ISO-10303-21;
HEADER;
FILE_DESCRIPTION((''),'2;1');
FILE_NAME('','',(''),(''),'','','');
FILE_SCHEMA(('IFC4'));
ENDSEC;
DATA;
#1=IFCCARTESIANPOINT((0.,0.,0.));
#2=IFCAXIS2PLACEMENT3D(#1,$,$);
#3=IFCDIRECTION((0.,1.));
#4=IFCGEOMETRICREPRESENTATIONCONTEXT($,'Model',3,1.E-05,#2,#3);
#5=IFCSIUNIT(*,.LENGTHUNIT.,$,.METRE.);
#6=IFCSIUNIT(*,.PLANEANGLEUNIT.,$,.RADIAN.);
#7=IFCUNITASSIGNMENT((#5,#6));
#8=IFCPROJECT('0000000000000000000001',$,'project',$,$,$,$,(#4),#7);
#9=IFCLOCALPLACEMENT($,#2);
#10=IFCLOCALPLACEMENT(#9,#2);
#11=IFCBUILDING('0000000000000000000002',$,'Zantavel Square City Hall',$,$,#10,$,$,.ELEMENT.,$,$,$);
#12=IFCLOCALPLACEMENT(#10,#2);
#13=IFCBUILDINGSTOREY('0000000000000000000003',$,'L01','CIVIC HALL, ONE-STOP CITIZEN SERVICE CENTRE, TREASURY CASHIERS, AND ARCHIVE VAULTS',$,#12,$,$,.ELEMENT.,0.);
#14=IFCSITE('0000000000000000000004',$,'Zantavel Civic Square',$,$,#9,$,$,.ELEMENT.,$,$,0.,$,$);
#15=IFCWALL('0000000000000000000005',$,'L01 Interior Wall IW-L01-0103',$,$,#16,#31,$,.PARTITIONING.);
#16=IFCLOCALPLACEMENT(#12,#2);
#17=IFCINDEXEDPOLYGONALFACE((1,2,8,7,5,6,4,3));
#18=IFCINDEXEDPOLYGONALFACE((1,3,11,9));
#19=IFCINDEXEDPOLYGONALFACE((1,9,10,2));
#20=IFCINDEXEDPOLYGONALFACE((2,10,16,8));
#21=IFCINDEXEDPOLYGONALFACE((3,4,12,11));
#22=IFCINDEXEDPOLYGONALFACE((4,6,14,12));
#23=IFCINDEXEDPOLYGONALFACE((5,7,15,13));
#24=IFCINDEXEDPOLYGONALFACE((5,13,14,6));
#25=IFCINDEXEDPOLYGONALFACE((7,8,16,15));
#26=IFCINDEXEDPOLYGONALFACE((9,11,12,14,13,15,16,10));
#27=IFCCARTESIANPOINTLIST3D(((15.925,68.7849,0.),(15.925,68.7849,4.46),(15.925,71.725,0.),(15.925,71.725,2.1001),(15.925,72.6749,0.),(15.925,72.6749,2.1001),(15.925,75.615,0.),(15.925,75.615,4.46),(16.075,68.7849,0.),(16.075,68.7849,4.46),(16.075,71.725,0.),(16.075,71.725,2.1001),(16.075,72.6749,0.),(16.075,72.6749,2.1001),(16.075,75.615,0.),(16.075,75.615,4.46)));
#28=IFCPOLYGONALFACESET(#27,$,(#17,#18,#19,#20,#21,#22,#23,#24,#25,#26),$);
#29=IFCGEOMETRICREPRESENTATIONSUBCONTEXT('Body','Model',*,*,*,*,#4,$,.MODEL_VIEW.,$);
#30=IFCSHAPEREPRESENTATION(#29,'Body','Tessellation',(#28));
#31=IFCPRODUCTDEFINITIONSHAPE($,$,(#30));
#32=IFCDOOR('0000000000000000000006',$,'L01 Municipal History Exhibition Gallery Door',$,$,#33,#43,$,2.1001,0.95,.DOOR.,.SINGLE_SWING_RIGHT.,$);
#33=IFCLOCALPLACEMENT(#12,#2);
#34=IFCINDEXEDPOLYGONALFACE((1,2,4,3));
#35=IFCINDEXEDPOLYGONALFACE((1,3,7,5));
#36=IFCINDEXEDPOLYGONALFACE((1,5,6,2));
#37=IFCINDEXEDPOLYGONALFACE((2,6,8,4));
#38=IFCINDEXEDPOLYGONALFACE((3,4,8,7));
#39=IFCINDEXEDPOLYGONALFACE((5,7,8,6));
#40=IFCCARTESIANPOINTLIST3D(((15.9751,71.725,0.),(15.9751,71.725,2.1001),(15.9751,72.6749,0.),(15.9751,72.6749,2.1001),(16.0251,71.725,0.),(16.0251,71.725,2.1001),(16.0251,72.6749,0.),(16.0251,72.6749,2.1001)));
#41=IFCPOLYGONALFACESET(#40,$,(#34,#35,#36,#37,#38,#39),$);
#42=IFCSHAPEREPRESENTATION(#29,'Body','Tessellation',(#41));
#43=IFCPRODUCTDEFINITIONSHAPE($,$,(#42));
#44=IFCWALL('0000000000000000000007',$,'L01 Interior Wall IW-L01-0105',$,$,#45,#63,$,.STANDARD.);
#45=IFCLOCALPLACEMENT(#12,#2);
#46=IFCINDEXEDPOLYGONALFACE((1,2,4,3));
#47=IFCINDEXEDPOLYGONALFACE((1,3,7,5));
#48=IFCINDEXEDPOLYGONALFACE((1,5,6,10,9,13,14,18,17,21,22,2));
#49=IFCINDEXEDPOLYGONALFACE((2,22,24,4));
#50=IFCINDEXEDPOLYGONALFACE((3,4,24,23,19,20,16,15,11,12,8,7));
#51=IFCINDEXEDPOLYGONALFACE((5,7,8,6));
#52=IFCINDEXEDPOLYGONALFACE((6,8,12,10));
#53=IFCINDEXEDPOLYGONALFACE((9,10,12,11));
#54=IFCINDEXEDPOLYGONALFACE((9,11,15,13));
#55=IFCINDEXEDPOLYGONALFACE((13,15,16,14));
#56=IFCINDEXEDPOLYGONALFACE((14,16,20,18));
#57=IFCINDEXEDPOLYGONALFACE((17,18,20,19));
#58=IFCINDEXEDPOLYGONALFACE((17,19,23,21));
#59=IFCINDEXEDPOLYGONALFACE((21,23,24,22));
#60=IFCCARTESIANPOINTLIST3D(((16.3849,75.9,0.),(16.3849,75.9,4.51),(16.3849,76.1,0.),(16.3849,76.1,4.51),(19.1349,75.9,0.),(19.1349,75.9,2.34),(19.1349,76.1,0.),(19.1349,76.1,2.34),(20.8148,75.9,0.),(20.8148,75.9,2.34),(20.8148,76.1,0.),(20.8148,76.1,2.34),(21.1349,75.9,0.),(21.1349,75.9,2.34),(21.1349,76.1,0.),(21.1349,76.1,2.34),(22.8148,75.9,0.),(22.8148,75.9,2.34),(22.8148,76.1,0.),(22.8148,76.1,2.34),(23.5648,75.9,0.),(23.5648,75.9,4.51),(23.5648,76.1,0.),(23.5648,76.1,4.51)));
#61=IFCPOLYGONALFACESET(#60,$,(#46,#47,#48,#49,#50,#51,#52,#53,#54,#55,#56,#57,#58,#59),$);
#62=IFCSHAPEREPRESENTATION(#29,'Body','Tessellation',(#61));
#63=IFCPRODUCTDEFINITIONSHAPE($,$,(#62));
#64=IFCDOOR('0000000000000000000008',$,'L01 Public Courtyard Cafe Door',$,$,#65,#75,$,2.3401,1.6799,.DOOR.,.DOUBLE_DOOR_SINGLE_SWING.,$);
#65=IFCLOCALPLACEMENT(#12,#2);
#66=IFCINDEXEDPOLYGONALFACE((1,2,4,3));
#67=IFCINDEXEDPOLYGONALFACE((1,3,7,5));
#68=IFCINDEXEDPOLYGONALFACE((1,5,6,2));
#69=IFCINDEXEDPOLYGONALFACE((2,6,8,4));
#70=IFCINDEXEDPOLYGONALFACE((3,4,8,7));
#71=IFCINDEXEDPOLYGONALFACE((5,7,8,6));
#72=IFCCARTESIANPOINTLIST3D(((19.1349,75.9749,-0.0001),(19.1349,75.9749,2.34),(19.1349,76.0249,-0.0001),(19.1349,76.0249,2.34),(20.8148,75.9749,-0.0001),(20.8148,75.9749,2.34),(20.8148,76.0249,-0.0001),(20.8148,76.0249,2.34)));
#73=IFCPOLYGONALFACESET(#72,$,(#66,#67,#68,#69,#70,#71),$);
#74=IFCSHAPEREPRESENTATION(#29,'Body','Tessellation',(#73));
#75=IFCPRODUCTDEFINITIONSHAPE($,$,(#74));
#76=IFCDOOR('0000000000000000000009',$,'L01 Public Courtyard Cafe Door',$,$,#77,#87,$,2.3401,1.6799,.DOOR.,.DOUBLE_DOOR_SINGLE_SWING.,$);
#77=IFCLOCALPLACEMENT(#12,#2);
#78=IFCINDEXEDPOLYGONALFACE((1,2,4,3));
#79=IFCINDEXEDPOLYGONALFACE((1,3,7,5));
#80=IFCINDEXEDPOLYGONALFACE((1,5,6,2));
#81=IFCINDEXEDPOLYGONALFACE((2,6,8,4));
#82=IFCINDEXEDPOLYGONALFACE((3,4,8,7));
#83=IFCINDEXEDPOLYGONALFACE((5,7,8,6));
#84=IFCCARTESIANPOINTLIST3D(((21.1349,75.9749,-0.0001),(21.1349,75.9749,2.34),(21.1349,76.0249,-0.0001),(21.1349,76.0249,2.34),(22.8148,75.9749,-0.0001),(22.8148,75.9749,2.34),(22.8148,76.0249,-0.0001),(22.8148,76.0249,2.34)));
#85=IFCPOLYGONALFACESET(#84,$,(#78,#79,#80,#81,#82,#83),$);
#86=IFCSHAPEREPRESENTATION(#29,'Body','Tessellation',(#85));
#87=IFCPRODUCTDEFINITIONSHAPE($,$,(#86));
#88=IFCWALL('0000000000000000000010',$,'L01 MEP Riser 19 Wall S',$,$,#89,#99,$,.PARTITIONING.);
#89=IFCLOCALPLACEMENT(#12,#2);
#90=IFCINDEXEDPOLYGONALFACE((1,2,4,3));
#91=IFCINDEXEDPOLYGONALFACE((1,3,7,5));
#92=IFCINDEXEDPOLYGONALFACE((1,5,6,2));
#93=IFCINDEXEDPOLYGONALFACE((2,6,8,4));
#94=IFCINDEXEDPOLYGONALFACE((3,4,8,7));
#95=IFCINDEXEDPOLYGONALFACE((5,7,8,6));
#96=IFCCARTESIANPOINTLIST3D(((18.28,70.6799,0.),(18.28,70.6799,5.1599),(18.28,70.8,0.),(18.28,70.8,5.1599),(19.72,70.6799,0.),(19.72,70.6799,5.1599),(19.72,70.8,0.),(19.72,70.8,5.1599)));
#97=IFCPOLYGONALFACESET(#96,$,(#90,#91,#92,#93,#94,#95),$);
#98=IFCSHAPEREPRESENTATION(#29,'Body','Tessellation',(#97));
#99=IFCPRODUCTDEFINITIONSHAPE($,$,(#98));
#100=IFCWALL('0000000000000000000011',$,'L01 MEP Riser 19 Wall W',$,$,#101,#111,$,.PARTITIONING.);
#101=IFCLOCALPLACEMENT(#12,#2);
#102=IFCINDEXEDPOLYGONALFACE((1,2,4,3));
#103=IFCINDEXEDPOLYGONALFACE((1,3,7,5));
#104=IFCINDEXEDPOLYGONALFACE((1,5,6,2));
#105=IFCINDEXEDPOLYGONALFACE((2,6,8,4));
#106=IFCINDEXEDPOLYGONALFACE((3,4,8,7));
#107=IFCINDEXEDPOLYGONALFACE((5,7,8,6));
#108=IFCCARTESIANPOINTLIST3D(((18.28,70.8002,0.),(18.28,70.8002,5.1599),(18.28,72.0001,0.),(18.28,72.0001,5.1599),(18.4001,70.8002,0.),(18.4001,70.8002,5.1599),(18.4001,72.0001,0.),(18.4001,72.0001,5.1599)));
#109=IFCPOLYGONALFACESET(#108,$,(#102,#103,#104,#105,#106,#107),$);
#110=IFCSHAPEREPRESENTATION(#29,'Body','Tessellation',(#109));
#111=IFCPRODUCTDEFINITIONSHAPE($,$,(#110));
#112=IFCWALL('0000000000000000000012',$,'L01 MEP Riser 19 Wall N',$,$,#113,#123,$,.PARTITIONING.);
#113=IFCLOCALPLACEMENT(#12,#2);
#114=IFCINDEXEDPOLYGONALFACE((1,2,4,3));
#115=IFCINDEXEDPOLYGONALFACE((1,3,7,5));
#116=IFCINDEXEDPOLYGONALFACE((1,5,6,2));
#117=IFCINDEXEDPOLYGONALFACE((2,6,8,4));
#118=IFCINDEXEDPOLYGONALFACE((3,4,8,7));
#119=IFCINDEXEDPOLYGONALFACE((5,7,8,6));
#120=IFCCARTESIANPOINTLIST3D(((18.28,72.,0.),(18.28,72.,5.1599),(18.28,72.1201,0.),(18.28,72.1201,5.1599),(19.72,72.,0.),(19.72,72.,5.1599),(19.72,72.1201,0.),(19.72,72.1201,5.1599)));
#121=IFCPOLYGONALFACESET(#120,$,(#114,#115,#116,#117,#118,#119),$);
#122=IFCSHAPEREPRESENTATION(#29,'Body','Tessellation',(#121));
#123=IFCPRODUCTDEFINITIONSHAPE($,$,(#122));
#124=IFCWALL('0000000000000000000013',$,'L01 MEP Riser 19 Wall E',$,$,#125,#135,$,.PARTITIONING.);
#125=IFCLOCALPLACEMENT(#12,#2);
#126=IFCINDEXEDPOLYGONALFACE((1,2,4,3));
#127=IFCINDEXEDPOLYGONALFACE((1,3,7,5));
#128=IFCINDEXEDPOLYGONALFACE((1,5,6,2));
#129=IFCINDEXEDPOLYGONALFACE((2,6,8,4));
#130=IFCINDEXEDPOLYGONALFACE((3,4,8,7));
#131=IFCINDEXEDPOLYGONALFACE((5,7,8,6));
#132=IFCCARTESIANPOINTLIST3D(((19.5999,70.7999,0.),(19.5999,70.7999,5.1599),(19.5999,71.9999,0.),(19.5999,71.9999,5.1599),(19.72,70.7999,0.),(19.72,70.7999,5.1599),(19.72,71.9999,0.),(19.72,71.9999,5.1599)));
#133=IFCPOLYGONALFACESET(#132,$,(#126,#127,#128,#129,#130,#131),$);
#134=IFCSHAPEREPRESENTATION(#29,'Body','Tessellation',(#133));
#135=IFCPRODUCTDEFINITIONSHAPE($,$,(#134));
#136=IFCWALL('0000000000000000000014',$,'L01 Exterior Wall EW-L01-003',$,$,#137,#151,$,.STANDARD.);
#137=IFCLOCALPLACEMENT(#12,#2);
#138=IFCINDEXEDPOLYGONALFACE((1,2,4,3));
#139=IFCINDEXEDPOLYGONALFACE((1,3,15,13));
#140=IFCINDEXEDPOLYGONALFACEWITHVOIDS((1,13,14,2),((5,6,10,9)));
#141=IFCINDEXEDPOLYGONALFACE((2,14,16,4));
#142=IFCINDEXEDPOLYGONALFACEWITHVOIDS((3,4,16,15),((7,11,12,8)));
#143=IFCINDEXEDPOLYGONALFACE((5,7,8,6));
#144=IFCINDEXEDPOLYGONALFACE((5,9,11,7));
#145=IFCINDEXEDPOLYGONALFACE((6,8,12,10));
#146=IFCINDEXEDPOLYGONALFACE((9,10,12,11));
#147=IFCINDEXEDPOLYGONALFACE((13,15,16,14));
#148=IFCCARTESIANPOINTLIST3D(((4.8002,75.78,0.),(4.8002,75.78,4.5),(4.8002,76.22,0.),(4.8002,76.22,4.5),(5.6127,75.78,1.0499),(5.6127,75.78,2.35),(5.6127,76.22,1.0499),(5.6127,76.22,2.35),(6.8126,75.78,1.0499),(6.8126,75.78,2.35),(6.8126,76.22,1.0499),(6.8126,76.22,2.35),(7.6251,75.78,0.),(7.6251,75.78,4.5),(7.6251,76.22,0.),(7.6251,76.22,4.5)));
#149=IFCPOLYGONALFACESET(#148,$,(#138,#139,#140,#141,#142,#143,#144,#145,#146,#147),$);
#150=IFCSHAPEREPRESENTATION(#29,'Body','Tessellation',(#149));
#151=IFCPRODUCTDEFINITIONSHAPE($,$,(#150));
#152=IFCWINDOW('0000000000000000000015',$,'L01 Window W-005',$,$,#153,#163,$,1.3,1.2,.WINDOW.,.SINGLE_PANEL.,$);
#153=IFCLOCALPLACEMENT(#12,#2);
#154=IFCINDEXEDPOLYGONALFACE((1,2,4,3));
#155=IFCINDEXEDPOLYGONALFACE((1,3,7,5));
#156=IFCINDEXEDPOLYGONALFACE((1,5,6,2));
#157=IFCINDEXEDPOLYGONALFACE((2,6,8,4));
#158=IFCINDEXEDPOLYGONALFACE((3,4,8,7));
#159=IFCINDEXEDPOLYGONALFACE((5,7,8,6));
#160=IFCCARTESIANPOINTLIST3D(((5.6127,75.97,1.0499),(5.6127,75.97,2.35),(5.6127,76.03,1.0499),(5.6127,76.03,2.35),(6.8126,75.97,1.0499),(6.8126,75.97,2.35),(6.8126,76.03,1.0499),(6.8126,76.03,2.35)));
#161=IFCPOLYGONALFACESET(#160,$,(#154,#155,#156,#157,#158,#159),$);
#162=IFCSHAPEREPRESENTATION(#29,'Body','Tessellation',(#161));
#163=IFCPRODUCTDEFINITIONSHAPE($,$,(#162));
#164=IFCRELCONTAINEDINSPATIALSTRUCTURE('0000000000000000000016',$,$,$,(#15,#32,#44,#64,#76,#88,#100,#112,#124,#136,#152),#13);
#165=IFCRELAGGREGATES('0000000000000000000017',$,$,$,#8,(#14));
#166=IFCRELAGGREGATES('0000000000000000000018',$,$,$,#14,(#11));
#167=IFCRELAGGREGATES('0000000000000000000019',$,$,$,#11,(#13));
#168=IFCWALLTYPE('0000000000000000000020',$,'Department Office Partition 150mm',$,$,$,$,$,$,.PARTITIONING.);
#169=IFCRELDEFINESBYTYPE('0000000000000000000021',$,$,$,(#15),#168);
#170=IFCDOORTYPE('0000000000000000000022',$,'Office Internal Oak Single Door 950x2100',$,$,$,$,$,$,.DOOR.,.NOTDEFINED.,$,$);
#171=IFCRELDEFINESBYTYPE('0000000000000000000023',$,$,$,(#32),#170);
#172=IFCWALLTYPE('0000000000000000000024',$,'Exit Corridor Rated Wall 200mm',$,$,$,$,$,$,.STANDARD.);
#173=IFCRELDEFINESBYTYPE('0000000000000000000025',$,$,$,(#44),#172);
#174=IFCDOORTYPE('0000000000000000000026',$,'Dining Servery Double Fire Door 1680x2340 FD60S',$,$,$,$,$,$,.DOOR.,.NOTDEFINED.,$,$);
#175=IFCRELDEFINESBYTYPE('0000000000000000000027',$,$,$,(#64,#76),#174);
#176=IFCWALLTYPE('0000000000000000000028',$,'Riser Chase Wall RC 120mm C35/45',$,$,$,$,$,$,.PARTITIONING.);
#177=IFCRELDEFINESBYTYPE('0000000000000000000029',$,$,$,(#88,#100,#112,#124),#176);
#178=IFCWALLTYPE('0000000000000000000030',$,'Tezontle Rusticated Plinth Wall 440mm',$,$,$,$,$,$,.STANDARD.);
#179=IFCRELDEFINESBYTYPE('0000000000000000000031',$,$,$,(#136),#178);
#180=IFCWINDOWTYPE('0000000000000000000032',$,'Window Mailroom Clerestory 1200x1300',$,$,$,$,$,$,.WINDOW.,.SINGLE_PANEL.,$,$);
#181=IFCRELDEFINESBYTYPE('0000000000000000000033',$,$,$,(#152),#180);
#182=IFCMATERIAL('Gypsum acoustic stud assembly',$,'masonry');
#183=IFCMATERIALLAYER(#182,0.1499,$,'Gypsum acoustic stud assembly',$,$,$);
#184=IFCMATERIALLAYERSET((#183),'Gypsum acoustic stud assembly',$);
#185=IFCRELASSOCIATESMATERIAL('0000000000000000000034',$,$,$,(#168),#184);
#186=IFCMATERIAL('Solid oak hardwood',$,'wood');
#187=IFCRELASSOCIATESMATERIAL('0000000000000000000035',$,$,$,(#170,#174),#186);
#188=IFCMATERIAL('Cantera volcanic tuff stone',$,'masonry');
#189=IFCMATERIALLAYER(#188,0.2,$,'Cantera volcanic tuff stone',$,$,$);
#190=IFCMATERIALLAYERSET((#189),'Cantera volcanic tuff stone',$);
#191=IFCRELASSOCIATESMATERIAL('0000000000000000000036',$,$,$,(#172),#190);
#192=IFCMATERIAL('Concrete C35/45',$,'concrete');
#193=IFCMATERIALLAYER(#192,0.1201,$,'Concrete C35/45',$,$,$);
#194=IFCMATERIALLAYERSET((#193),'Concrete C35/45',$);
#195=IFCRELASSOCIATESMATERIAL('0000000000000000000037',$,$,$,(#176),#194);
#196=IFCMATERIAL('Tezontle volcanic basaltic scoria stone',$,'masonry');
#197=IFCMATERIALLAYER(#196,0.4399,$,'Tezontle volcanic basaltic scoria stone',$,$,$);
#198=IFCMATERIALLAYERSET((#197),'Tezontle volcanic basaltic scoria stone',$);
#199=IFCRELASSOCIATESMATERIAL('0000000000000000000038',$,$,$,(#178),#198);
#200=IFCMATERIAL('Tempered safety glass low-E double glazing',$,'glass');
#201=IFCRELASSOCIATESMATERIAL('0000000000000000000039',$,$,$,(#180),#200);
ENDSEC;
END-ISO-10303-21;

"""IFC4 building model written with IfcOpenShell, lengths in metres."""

from ifc_helpers import new_model, si_unit, direction, frame, frame_2d, origin, place, context, subcontext, project, spatial, rectangle, extrude, material, layer, layer_set, type_object, element, fill, save


model = new_model("IFC4")

# Units and contexts
model_context = context("Model", 3, precision=1e-05, world=origin(), true_north=direction((0.0, 1.0)))
body_context = subcontext(model_context, "Body", "Model", "MODEL_VIEW")
ifc_project = project(units=[si_unit("LENGTHUNIT", "METRE"), si_unit("PLANEANGLEUNIT", "RADIAN")], contexts=[model_context])

# Site, building, storey
site_placement = place(None, origin())
site = spatial("IfcSite", under=ifc_project, at=site_placement, Name="Zantavel Civic Square", CompositionType="ELEMENT", RefElevation=0.0)
building_placement = place(site_placement, origin())
building = spatial("IfcBuilding", under=site, at=building_placement, Name="Zantavel Square City Hall", CompositionType="ELEMENT")
storey_placement = place(building_placement, origin())
storey = spatial("IfcBuildingStorey", under=building, at=storey_placement, Name="L01", Description="CIVIC HALL, ONE-STOP CITIZEN SERVICE CENTRE, TREASURY CASHIERS, AND ARCHIVE VAULTS", CompositionType="ELEMENT", Elevation=0.0)

# Shared definitions
ifc_material_1 = material(Name="Concrete C35/45", Category="concrete")

# Wall, opening, door
ifc_material_2 = material(Name="Gypsum acoustic stud assembly", Category="masonry")
ifc_layer_1 = layer(ifc_material_2, 0.1499, Name="Gypsum acoustic stud assembly")
ifc_layer_set_1 = layer_set([ifc_layer_1], Name="Gypsum acoustic stud assembly")
wall_type_1 = type_object("IfcWallType", Name="Department Office Partition 150mm", PredefinedType="PARTITIONING", material=ifc_layer_set_1)
wall_1_placement = place(storey_placement, frame((16.0, 68.7849, 0.0), z_axis=(0.0, 0.0, 1.0), x_axis=(0.0, 1.0, 0.0)))
wall_1 = element("IfcWall", 1, at=wall_1_placement, inside=storey, type_object=wall_type_1, Name="L01 Interior Wall IW-L01-0103", PredefinedType="PARTITIONING", context=body_context, shape_type="SweptSolid", body=[
    extrude(rectangle(XDim=6.8301, YDim=0.1499, at=frame_2d((3.415, 0.0))), origin(), (0.0, 0.0, 1.0), 4.46),
])
opening_1_placement = place(wall_1_placement, frame((2.9399, 0.0, 0.0)))
opening_1 = element("IfcOpeningElement", 2, at=opening_1_placement, cuts=wall_1, PredefinedType="OPENING", context=body_context, shape_type="SweptSolid", body=[
    extrude(rectangle(XDim=0.95, YDim=2.1001, at=frame_2d((0.4751, 1.05))), frame((0.0, 0.085, 0.0), z_axis=(0.0, -1.0, 0.0), x_axis=(1.0, 0.0, 0.0)), (0.0, 0.0, 1.0), 0.1699),
])
ifc_material_3 = material(Name="Solid oak hardwood", Category="wood")
door_type_1 = type_object("IfcDoorType", Name="Office Internal Oak Single Door 950x2100", OperationType="NOTDEFINED", PredefinedType="DOOR", material=ifc_material_3)
door_1_placement = place(opening_1_placement, origin())
door_1 = element("IfcDoor", 3, at=door_1_placement, inside=storey, type_object=door_type_1, Name="L01 Municipal History Exhibition Gallery Door", OperationType="SINGLE_SWING_RIGHT", OverallHeight=2.1001, OverallWidth=0.95, PredefinedType="DOOR", context=body_context, shape_type="SweptSolid", body=[
    extrude(rectangle(XDim=0.95, YDim=2.1001, at=frame_2d((0.4751, 1.05))), frame((0.0, 0.0249, 0.0), z_axis=(0.0, -1.0, 0.0), x_axis=(1.0, 0.0, 0.0)), (0.0, 0.0, 1.0), 0.05),
])
fill(opening_1, door_1)

# Wall, openings, doors
ifc_material_4 = material(Name="Cantera volcanic tuff stone", Category="masonry")
ifc_layer_2 = layer(ifc_material_4, 0.2, Name="Cantera volcanic tuff stone")
ifc_layer_set_2 = layer_set([ifc_layer_2], Name="Cantera volcanic tuff stone")
wall_type_2 = type_object("IfcWallType", Name="Exit Corridor Rated Wall 200mm", PredefinedType="STANDARD", material=ifc_layer_set_2)
wall_2_placement = place(storey_placement, frame((16.385, 76.0, 0.0), z_axis=(0.0, 0.0, 1.0), x_axis=(1.0, 0.0, 0.0)))
wall_2 = element("IfcWall", 4, at=wall_2_placement, inside=storey, type_object=wall_type_2, Name="L01 Interior Wall IW-L01-0105", PredefinedType="STANDARD", context=body_context, shape_type="SweptSolid", body=[
    extrude(rectangle(XDim=7.1799, YDim=0.2, at=frame_2d((3.5898, 0.0))), origin(), (0.0, 0.0, 1.0), 4.51),
])
opening_2_placement = place(wall_2_placement, frame((2.75, 0.0, 0.0)))
opening_2 = element("IfcOpeningElement", 5, at=opening_2_placement, cuts=wall_2, PredefinedType="OPENING", context=body_context, shape_type="SweptSolid", body=[
    extrude(rectangle(XDim=1.6799, YDim=2.3401, at=frame_2d((0.8398, 1.1699))), frame((0.0, 0.1099, 0.0), z_axis=(0.0, -1.0, 0.0), x_axis=(1.0, 0.0, 0.0)), (0.0, 0.0, 1.0), 0.22),
])
opening_3_placement = place(wall_2_placement, frame((4.75, 0.0, 0.0)))
opening_3 = element("IfcOpeningElement", 6, at=opening_3_placement, cuts=wall_2, PredefinedType="OPENING", context=body_context, shape_type="SweptSolid", body=[
    extrude(rectangle(XDim=1.6799, YDim=2.3401, at=frame_2d((0.8398, 1.1699))), frame((0.0, 0.1099, 0.0), z_axis=(0.0, -1.0, 0.0), x_axis=(1.0, 0.0, 0.0)), (0.0, 0.0, 1.0), 0.22),
])
door_type_2 = type_object("IfcDoorType", Name="Dining Servery Double Fire Door 1680x2340 FD60S", OperationType="NOTDEFINED", PredefinedType="DOOR", material=ifc_material_3)
door_2_placement = place(opening_2_placement, origin())
door_2 = element("IfcDoor", 7, at=door_2_placement, inside=storey, type_object=door_type_2, Name="L01 Public Courtyard Cafe Door", OperationType="DOUBLE_DOOR_SINGLE_SWING", OverallHeight=2.3401, OverallWidth=1.6799, PredefinedType="DOOR", context=body_context, shape_type="SweptSolid", body=[
    extrude(rectangle(XDim=1.6799, YDim=2.3401, at=frame_2d((0.8398, 1.1699))), frame((0.0, 0.0249, 0.0), z_axis=(0.0, -1.0, 0.0), x_axis=(1.0, 0.0, 0.0)), (0.0, 0.0, 1.0), 0.05),
])
fill(opening_2, door_2)
door_3_placement = place(opening_3_placement, origin())
door_3 = element("IfcDoor", 8, at=door_3_placement, inside=storey, type_object=door_type_2, Name="L01 Public Courtyard Cafe Door", OperationType="DOUBLE_DOOR_SINGLE_SWING", OverallHeight=2.3401, OverallWidth=1.6799, PredefinedType="DOOR", context=body_context, shape_type="SweptSolid", body=[
    extrude(rectangle(XDim=1.6799, YDim=2.3401, at=frame_2d((0.8398, 1.1699))), frame((0.0, 0.0249, 0.0), z_axis=(0.0, -1.0, 0.0), x_axis=(1.0, 0.0, 0.0)), (0.0, 0.0, 1.0), 0.05),
])
fill(opening_3, door_3)

# Walls
ifc_layer_3 = layer(ifc_material_1, 0.1201, Name="Concrete C35/45")
ifc_layer_set_3 = layer_set([ifc_layer_3], Name="Concrete C35/45")
wall_type_3 = type_object("IfcWallType", Name="Riser Chase Wall RC 120mm C35/45", PredefinedType="PARTITIONING", material=ifc_layer_set_3)
wall_3_placement = place(storey_placement, frame((19.72, 70.74, 0.0), z_axis=(0.0, 0.0, 1.0), x_axis=(-1.0, 0.0, 0.0)))
element("IfcWall", 9, at=wall_3_placement, inside=storey, type_object=wall_type_3, Name="L01 MEP Riser 19 Wall S", PredefinedType="PARTITIONING", context=body_context, shape_type="SweptSolid", body=[
    extrude(rectangle(XDim=1.4399, YDim=0.1201, at=frame_2d((0.72, 0.0))), origin(), (0.0, 0.0, 1.0), 5.1599),
])
wall_4_placement = place(storey_placement, frame((18.3401, 70.8, 0.0), z_axis=(0.0, 0.0, 1.0), x_axis=(0.0, 1.0, 0.0)))
element("IfcWall", 10, at=wall_4_placement, inside=storey, type_object=wall_type_3, Name="L01 MEP Riser 19 Wall W", PredefinedType="PARTITIONING", context=body_context, shape_type="SweptSolid", body=[
    extrude(rectangle(XDim=1.2, YDim=0.1201, at=frame_2d((0.6001, 0.0))), origin(), (0.0, 0.0, 1.0), 5.1599),
])
wall_5_placement = place(storey_placement, frame((18.28, 72.0601, 0.0), z_axis=(0.0, 0.0, 1.0), x_axis=(1.0, 0.0, 0.0)))
element("IfcWall", 11, at=wall_5_placement, inside=storey, type_object=wall_type_3, Name="L01 MEP Riser 19 Wall N", PredefinedType="PARTITIONING", context=body_context, shape_type="SweptSolid", body=[
    extrude(rectangle(XDim=1.4399, YDim=0.1201, at=frame_2d((0.72, 0.0))), origin(), (0.0, 0.0, 1.0), 5.1599),
])
wall_6_placement = place(storey_placement, frame((19.6599, 72.0, 0.0), z_axis=(0.0, 0.0, 1.0), x_axis=(0.0, -1.0, 0.0)))
element("IfcWall", 12, at=wall_6_placement, inside=storey, type_object=wall_type_3, Name="L01 MEP Riser 19 Wall E", PredefinedType="PARTITIONING", context=body_context, shape_type="SweptSolid", body=[
    extrude(rectangle(XDim=1.2, YDim=0.1201, at=frame_2d((0.6001, 0.0))), origin(), (0.0, 0.0, 1.0), 5.1599),
])

# Wall, opening, window
ifc_material_5 = material(Name="Tezontle volcanic basaltic scoria stone", Category="masonry")
ifc_layer_4 = layer(ifc_material_5, 0.4399, Name="Tezontle volcanic basaltic scoria stone")
ifc_layer_set_4 = layer_set([ifc_layer_4], Name="Tezontle volcanic basaltic scoria stone")
wall_type_4 = type_object("IfcWallType", Name="Tezontle Rusticated Plinth Wall 440mm", PredefinedType="STANDARD", material=ifc_layer_set_4)
wall_7_placement = place(storey_placement, frame((4.8, 76.0, 0.0), z_axis=(0.0, 0.0, 1.0), x_axis=(1.0, 0.0, 0.0)))
wall_7 = element("IfcWall", 13, at=wall_7_placement, inside=storey, type_object=wall_type_4, Name="L01 Exterior Wall EW-L01-003", PredefinedType="STANDARD", context=body_context, shape_type="SweptSolid", body=[
    extrude(rectangle(XDim=2.825, YDim=0.4399, at=frame_2d((1.4126, 0.0))), origin(), (0.0, 0.0, 1.0), 4.5),
])
opening_4_placement = place(wall_7_placement, frame((0.8125, 0.0, 1.05)))
opening_4 = element("IfcOpeningElement", 14, at=opening_4_placement, cuts=wall_7, PredefinedType="OPENING", context=body_context, shape_type="SweptSolid", body=[
    extrude(rectangle(XDim=1.2, YDim=1.3, at=frame_2d((0.6001, 0.6499))), frame((0.0, 0.23, 0.0), z_axis=(0.0, -1.0, 0.0), x_axis=(1.0, 0.0, 0.0)), (0.0, 0.0, 1.0), 0.46),
])
ifc_material_6 = material(Name="Tempered safety glass low-E double glazing", Category="glass")
window_type_1 = type_object("IfcWindowType", Name="Window Mailroom Clerestory 1200x1300", PartitioningType="SINGLE_PANEL", PredefinedType="WINDOW", material=ifc_material_6)
window_1_placement = place(opening_4_placement, origin())
window_1 = element("IfcWindow", 15, at=window_1_placement, inside=storey, type_object=window_type_1, Name="L01 Window W-005", OverallHeight=1.3, OverallWidth=1.2, PartitioningType="SINGLE_PANEL", PredefinedType="WINDOW", context=body_context, shape_type="SweptSolid", body=[
    extrude(rectangle(XDim=1.2, YDim=1.3, at=frame_2d((0.6001, 0.6499))), frame((0.0, 0.03, 0.0), z_axis=(0.0, -1.0, 0.0), x_axis=(1.0, 0.0, 0.0)), (0.0, 0.0, 1.0), 0.0601),
])
fill(opening_4, window_1)

save(model, "model.ifc")
